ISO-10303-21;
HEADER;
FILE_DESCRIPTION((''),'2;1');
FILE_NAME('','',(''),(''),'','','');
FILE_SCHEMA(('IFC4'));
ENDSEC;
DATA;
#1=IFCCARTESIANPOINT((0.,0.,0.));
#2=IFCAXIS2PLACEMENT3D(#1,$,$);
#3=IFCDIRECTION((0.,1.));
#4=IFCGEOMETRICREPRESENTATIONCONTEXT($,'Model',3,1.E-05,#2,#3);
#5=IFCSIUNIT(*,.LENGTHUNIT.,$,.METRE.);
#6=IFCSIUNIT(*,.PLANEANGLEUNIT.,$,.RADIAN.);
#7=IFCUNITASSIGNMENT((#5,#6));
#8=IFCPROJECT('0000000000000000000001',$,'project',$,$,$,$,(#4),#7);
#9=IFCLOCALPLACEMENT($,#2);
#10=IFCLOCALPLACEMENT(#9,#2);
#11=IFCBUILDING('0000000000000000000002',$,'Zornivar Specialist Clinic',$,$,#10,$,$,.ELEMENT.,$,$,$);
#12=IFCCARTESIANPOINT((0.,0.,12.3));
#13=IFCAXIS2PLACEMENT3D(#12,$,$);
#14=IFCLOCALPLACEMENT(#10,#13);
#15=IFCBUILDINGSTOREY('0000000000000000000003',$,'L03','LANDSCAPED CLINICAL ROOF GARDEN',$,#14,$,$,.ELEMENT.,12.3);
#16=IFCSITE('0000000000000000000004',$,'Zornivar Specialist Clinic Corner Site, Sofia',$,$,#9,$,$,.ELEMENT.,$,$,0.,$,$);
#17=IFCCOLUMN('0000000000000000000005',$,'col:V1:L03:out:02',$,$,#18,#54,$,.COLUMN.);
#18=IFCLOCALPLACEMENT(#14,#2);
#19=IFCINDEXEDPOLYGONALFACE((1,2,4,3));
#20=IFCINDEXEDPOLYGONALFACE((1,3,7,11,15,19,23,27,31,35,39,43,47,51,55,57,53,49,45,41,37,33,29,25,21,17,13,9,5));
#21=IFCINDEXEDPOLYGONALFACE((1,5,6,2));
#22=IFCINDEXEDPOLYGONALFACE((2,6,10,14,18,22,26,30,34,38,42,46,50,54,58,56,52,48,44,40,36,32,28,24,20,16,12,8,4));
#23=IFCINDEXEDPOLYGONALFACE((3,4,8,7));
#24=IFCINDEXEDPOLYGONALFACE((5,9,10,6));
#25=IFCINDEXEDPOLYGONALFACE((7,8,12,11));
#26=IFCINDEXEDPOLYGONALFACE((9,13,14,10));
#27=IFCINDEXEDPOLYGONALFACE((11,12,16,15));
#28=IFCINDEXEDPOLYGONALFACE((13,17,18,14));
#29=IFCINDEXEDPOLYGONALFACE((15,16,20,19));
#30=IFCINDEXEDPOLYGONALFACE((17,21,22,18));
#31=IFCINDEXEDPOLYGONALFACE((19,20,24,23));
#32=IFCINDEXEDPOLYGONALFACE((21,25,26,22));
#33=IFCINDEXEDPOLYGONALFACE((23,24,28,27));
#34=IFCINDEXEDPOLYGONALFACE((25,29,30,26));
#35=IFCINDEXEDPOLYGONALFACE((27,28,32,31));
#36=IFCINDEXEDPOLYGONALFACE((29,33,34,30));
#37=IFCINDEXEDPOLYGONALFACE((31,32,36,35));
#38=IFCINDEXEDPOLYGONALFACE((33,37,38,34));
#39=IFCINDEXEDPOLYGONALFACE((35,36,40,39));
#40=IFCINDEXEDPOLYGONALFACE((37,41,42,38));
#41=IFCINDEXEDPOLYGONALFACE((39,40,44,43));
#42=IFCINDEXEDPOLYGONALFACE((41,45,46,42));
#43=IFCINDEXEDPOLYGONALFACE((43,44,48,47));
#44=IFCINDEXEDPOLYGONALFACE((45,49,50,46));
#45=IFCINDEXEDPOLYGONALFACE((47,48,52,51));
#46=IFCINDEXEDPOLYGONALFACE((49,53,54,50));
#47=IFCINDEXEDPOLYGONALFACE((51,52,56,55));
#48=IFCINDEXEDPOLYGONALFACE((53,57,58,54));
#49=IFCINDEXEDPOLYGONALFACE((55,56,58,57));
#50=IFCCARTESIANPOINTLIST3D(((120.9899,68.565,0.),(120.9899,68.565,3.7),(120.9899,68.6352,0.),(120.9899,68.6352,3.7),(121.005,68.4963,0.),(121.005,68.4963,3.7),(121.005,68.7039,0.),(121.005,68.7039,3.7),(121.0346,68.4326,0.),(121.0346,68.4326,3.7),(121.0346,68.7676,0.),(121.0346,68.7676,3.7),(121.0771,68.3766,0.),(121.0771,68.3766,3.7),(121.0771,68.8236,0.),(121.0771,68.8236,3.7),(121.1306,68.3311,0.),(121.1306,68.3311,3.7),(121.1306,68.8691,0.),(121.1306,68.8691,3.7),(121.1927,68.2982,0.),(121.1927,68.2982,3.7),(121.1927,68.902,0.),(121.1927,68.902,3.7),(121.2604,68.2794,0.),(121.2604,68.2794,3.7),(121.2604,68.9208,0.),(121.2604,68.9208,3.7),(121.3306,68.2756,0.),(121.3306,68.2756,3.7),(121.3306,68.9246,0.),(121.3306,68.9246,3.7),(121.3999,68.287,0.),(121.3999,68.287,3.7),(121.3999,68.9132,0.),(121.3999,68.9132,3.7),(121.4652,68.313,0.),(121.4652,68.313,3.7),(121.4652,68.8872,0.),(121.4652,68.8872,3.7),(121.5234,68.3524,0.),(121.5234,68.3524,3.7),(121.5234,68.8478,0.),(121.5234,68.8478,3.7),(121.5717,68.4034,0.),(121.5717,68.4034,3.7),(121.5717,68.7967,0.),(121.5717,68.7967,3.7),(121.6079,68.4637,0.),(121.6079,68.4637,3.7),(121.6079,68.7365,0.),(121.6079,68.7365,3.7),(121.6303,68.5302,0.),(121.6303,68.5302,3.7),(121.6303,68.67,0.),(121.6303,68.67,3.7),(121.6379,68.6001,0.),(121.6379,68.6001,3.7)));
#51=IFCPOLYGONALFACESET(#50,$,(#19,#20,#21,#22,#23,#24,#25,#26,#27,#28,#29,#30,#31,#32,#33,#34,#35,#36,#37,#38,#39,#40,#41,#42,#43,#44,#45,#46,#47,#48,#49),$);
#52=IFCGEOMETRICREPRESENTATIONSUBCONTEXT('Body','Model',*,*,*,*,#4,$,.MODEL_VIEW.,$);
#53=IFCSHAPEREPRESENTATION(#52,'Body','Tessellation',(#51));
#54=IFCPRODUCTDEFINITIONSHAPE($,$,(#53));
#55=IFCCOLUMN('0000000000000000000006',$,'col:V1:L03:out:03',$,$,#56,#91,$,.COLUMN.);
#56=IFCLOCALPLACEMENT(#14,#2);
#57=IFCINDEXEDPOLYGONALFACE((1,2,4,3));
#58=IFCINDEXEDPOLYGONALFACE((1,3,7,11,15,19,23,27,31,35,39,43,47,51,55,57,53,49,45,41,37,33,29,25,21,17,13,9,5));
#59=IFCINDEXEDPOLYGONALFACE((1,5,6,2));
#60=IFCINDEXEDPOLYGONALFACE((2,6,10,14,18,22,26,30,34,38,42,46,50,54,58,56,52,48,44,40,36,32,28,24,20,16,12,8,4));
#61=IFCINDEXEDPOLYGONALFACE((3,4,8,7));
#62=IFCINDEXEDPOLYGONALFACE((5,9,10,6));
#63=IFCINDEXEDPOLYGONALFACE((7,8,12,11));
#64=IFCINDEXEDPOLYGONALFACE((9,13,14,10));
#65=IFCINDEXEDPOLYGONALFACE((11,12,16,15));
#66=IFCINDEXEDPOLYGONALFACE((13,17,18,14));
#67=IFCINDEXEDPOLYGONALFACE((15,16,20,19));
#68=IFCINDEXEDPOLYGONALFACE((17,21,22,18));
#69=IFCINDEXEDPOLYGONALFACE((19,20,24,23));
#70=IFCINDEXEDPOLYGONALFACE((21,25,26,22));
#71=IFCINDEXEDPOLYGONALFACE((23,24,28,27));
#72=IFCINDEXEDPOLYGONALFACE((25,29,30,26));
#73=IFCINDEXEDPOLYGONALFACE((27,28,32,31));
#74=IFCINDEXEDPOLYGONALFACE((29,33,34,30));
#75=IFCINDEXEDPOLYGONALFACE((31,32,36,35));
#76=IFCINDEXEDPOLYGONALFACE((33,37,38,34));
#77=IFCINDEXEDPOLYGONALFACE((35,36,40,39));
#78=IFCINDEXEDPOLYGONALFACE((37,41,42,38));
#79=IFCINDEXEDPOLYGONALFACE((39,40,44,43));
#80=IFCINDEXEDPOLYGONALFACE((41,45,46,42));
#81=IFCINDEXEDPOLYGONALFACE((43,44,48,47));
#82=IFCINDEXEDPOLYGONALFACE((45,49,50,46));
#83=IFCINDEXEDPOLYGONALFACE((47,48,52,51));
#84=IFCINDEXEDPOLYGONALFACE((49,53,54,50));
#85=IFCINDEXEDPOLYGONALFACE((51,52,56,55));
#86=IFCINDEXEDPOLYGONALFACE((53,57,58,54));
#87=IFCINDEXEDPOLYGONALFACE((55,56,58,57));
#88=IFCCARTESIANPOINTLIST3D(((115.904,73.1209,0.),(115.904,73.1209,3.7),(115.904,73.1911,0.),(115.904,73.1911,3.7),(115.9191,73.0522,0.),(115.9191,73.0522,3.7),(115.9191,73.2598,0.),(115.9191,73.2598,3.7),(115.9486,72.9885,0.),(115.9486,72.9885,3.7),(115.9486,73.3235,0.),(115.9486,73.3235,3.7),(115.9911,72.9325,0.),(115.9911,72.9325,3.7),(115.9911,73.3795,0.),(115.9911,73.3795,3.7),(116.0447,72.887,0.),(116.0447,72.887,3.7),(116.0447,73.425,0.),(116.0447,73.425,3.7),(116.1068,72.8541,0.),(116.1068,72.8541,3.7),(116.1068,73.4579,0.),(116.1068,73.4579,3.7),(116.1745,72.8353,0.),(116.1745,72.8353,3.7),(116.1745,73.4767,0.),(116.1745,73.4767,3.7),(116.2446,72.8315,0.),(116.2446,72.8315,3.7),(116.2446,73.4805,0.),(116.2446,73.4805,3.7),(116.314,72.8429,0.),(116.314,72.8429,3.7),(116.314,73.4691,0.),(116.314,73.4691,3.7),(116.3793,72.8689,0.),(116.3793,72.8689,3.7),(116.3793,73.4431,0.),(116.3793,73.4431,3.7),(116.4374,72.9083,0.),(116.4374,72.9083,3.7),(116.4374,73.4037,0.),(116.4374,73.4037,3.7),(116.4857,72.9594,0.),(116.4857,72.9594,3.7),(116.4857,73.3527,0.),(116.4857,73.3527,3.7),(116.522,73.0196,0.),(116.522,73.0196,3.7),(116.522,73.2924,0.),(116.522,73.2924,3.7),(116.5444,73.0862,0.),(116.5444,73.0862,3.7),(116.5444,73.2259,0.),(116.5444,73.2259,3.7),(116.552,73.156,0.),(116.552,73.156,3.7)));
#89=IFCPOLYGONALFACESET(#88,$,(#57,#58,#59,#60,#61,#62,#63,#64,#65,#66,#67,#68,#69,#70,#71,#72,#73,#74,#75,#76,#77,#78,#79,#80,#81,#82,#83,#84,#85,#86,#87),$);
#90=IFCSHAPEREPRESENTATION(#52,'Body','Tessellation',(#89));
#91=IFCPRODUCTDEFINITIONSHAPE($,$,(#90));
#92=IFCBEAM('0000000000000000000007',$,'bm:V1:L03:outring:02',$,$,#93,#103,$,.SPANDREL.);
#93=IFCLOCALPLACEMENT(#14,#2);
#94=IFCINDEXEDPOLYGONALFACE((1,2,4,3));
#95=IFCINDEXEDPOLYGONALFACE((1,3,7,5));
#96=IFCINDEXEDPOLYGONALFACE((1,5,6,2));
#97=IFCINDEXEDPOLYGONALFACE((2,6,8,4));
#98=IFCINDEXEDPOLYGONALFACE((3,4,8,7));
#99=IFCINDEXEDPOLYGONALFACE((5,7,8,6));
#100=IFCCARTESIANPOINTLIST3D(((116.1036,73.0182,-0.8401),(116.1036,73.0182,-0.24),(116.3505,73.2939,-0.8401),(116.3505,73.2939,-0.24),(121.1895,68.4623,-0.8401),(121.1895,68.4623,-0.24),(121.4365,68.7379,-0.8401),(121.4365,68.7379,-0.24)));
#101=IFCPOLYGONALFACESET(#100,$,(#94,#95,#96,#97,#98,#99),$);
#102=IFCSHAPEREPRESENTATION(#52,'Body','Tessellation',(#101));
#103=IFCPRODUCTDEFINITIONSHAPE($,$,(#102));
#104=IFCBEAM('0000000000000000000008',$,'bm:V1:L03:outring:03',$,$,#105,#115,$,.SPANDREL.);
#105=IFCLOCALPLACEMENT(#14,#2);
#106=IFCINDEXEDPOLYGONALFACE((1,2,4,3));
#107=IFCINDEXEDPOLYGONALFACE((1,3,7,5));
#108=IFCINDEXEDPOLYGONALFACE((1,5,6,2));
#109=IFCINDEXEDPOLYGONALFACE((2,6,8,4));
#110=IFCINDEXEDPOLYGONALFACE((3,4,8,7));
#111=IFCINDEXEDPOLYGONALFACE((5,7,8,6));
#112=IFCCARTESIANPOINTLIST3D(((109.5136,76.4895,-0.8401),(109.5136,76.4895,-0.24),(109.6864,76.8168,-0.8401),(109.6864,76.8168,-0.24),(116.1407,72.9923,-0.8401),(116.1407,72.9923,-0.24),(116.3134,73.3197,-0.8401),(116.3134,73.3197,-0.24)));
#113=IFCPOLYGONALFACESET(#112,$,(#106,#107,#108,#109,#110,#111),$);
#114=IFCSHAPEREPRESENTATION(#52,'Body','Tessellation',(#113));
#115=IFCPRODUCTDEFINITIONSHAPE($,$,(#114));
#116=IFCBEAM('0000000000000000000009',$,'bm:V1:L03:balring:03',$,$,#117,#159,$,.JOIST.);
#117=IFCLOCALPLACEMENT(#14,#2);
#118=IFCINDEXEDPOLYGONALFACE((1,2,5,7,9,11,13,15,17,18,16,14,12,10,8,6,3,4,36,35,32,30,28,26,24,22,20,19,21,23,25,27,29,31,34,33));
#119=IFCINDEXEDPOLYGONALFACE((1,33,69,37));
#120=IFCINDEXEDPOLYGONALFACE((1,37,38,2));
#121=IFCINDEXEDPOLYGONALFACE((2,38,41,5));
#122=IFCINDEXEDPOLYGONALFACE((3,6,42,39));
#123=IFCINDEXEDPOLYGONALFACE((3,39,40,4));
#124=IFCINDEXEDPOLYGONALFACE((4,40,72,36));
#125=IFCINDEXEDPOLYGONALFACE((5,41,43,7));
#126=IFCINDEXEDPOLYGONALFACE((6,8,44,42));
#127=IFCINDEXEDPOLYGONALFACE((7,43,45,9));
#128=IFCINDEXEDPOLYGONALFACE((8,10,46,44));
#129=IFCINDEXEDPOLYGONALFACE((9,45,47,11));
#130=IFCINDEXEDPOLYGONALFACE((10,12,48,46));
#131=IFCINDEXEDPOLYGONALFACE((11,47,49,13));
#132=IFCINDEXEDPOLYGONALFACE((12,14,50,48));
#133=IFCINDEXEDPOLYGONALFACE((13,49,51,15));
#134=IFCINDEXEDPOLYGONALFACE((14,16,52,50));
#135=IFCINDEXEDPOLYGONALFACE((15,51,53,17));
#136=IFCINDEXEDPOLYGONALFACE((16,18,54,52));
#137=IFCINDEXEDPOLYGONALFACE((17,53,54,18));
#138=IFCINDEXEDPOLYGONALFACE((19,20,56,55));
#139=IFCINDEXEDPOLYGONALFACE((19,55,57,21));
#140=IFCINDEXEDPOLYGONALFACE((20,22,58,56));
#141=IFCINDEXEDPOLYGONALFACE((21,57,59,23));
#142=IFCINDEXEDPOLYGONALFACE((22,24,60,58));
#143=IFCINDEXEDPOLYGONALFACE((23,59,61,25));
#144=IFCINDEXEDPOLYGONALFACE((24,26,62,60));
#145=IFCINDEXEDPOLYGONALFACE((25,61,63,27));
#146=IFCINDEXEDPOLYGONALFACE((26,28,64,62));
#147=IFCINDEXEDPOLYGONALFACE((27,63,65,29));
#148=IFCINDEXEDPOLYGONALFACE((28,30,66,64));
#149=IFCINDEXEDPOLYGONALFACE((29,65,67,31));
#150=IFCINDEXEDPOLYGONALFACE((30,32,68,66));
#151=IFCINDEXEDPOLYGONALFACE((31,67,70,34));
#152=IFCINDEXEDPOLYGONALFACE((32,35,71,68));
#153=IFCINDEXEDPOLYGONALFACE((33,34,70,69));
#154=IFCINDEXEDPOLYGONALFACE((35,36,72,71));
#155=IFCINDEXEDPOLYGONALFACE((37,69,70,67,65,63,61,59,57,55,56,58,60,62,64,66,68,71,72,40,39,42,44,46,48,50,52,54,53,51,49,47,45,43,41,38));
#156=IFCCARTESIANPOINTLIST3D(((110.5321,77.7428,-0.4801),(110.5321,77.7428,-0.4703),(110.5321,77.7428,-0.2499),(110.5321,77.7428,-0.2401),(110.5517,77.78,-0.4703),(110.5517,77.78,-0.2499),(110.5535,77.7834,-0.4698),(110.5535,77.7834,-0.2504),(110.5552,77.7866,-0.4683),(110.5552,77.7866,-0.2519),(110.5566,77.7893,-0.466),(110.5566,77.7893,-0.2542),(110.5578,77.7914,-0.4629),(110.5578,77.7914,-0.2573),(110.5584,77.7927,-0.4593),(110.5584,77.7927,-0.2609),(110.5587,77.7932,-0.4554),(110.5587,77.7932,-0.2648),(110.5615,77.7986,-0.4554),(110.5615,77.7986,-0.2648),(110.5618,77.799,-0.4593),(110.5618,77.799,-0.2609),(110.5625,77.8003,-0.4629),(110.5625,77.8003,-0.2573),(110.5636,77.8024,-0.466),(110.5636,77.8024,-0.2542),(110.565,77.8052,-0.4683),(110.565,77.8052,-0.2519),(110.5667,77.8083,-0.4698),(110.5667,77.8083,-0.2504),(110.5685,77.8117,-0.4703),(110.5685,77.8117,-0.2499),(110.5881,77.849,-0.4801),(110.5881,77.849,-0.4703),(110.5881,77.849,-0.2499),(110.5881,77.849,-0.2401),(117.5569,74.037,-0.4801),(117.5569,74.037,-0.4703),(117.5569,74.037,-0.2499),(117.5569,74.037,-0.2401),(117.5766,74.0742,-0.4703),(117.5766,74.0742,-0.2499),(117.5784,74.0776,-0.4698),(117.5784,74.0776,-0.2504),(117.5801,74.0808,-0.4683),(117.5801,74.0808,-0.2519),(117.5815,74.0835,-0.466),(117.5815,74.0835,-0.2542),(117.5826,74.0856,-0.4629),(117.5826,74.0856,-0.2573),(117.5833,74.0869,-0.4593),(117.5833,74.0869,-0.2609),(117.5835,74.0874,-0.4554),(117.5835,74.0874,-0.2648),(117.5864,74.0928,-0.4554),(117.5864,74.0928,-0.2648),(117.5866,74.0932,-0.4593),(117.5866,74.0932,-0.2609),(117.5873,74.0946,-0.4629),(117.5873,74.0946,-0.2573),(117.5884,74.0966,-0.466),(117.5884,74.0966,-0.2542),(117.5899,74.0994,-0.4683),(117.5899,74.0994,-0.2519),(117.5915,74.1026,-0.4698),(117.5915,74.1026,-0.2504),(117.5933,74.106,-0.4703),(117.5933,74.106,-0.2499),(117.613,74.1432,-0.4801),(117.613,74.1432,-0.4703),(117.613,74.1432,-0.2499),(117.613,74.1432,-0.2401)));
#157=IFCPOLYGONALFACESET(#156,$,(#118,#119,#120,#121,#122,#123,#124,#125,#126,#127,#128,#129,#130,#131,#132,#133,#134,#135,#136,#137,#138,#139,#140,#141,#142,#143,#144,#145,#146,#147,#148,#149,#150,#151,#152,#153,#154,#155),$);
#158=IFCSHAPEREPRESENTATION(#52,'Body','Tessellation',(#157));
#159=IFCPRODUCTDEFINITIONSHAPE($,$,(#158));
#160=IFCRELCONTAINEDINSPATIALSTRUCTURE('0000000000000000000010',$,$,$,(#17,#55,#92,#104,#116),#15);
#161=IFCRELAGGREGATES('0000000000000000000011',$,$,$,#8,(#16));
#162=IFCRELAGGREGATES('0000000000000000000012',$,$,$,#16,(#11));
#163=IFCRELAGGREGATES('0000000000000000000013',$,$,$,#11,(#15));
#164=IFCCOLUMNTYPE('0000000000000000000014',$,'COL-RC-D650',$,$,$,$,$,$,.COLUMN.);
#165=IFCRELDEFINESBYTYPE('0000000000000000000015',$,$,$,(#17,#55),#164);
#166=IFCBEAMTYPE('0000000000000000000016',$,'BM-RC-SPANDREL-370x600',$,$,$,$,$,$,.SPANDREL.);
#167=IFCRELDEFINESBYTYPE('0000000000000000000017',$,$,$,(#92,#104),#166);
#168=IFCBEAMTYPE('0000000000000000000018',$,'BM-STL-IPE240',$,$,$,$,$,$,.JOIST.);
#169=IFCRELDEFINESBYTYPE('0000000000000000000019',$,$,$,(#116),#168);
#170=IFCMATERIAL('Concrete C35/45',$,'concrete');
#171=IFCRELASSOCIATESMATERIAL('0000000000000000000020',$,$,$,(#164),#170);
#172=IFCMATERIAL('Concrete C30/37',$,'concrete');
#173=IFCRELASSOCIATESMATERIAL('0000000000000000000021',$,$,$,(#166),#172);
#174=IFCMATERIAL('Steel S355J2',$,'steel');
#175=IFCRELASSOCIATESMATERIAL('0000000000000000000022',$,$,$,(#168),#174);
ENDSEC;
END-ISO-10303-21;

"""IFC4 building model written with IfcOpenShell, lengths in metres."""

from ifc_helpers import new_model, si_unit, direction, frame, origin, origin_2d, place, context, subcontext, project, spatial, rectangle, circle, i_section, extrude, material, material_profile, profile_set, type_object, element, save


model = new_model("IFC4")

# Units and contexts
model_context = context("Model", 3, precision=1e-05, world=origin(), true_north=direction((0.0, 1.0)))
body_context = subcontext(model_context, "Body", "Model", "MODEL_VIEW")
ifc_project = project(units=[si_unit("LENGTHUNIT", "METRE"), si_unit("PLANEANGLEUNIT", "RADIAN")], contexts=[model_context])

# Site, building, storey
site_placement = place(None, origin())
site = spatial("IfcSite", under=ifc_project, at=site_placement, Name="Zornivar Specialist Clinic Corner Site, Sofia", CompositionType="ELEMENT", RefElevation=0.0)
building_placement = place(site_placement, origin())
building = spatial("IfcBuilding", under=site, at=building_placement, Name="Zornivar Specialist Clinic", CompositionType="ELEMENT")
storey_placement = place(building_placement, frame((0.0, 0.0, 12.3)))
storey = spatial("IfcBuildingStorey", under=building, at=storey_placement, Name="L03", Description="LANDSCAPED CLINICAL ROOF GARDEN", CompositionType="ELEMENT", Elevation=12.3)

# Columns
ifc_material_1 = material(Name="Concrete C35/45", Category="concrete")
ifc_material_profile_1 = material_profile(ifc_material_1, circle(Radius=0.325, at=origin_2d()), Name="RC D650")
ifc_profile_set_1 = profile_set([ifc_material_profile_1], Name="Concrete C35/45")
column_type = type_object("IfcColumnType", Name="COL-RC-D650", PredefinedType="COLUMN", material=ifc_profile_set_1)
for number, where, z_axis, x_axis, name in (
    (1, (121.313, 68.6001, 0.0), (0.0, 0.0, 1.0), (1.0, 0.0, 0.0), "col:V1:L03:out:02"),
    (2, (116.2271, 73.156, 0.0), (0.0, 0.0, 1.0), (1.0, 0.0, 0.0), "col:V1:L03:out:03"),
):
    element("IfcColumn", number, at=place(storey_placement, frame(where, z_axis=z_axis, x_axis=x_axis)), inside=storey, type_object=column_type, Name=name, PredefinedType="COLUMN", context=body_context, shape_type="SweptSolid", body=[
        extrude(circle(Radius=0.325, at=origin_2d()), origin(), (0.0, 0.0, 1.0), 3.7),
    ])

# Beams
ifc_material_2 = material(Name="Concrete C30/37", Category="concrete")
ifc_material_profile_2 = material_profile(ifc_material_2, rectangle(XDim=0.3701, YDim=0.6001, at=origin_2d()), Name="RC 370x600")
ifc_profile_set_2 = profile_set([ifc_material_profile_2], Name="Concrete C30/37")
beam_type_1 = type_object("IfcBeamType", Name="BM-RC-SPANDREL-370x600", PredefinedType="SPANDREL", material=ifc_profile_set_2)
beam_1_placement = place(storey_placement, frame((121.313, 68.6001, -0.54), z_axis=(-0.744853, 0.667228, 0.0), x_axis=(-0.667228, -0.744853, 0.0)))
element("IfcBeam", 3, at=beam_1_placement, inside=storey, type_object=beam_type_1, Name="bm:V1:L03:outring:02", PredefinedType="SPANDREL", context=body_context, shape_type="SweptSolid", body=[
    extrude(rectangle(XDim=0.3701, YDim=0.6001, at=origin_2d()), origin(), (0.0, 0.0, 1.0), 6.8281),
])
beam_2_placement = place(storey_placement, frame((116.2271, 73.156, -0.54), z_axis=(-0.884412, 0.466708, 0.0), x_axis=(-0.466708, -0.884412, 0.0)))
element("IfcBeam", 4, at=beam_2_placement, inside=storey, type_object=beam_type_1, Name="bm:V1:L03:outring:03", PredefinedType="SPANDREL", context=body_context, shape_type="SweptSolid", body=[
    extrude(rectangle(XDim=0.3701, YDim=0.6001, at=origin_2d()), origin(), (0.0, 0.0, 1.0), 7.4932),
])
ifc_material_3 = material(Name="Steel S355J2", Category="steel")
ifc_material_profile_3 = material_profile(ifc_material_3, i_section(OverallWidth=0.1201, OverallDepth=0.24, WebThickness=0.0061, FlangeThickness=0.0098, FilletRadius=0.0149, at=origin_2d()), Name="IPE 240")
ifc_profile_set_3 = profile_set([ifc_material_profile_3], Name="Steel S355J2")
beam_type_2 = type_object("IfcBeamType", Name="BM-STL-IPE240", PredefinedType="JOIST", material=ifc_profile_set_3)
beam_3_placement = place(storey_placement, frame((117.585, 74.0901, -0.3601), z_axis=(-0.884477, 0.466584, 0.0), x_axis=(-0.466584, -0.884477, 0.0)))
element("IfcBeam", 5, at=beam_3_placement, inside=storey, type_object=beam_type_2, Name="bm:V1:L03:balring:03", PredefinedType="JOIST", context=body_context, shape_type="SweptSolid", body=[
    extrude(i_section(OverallWidth=0.1201, OverallDepth=0.24, WebThickness=0.0061, FlangeThickness=0.0098, FilletRadius=0.0149, at=origin_2d()), origin(), (0.0, 0.0, 1.0), 7.9424),
])

save(model, "model.ifc")
